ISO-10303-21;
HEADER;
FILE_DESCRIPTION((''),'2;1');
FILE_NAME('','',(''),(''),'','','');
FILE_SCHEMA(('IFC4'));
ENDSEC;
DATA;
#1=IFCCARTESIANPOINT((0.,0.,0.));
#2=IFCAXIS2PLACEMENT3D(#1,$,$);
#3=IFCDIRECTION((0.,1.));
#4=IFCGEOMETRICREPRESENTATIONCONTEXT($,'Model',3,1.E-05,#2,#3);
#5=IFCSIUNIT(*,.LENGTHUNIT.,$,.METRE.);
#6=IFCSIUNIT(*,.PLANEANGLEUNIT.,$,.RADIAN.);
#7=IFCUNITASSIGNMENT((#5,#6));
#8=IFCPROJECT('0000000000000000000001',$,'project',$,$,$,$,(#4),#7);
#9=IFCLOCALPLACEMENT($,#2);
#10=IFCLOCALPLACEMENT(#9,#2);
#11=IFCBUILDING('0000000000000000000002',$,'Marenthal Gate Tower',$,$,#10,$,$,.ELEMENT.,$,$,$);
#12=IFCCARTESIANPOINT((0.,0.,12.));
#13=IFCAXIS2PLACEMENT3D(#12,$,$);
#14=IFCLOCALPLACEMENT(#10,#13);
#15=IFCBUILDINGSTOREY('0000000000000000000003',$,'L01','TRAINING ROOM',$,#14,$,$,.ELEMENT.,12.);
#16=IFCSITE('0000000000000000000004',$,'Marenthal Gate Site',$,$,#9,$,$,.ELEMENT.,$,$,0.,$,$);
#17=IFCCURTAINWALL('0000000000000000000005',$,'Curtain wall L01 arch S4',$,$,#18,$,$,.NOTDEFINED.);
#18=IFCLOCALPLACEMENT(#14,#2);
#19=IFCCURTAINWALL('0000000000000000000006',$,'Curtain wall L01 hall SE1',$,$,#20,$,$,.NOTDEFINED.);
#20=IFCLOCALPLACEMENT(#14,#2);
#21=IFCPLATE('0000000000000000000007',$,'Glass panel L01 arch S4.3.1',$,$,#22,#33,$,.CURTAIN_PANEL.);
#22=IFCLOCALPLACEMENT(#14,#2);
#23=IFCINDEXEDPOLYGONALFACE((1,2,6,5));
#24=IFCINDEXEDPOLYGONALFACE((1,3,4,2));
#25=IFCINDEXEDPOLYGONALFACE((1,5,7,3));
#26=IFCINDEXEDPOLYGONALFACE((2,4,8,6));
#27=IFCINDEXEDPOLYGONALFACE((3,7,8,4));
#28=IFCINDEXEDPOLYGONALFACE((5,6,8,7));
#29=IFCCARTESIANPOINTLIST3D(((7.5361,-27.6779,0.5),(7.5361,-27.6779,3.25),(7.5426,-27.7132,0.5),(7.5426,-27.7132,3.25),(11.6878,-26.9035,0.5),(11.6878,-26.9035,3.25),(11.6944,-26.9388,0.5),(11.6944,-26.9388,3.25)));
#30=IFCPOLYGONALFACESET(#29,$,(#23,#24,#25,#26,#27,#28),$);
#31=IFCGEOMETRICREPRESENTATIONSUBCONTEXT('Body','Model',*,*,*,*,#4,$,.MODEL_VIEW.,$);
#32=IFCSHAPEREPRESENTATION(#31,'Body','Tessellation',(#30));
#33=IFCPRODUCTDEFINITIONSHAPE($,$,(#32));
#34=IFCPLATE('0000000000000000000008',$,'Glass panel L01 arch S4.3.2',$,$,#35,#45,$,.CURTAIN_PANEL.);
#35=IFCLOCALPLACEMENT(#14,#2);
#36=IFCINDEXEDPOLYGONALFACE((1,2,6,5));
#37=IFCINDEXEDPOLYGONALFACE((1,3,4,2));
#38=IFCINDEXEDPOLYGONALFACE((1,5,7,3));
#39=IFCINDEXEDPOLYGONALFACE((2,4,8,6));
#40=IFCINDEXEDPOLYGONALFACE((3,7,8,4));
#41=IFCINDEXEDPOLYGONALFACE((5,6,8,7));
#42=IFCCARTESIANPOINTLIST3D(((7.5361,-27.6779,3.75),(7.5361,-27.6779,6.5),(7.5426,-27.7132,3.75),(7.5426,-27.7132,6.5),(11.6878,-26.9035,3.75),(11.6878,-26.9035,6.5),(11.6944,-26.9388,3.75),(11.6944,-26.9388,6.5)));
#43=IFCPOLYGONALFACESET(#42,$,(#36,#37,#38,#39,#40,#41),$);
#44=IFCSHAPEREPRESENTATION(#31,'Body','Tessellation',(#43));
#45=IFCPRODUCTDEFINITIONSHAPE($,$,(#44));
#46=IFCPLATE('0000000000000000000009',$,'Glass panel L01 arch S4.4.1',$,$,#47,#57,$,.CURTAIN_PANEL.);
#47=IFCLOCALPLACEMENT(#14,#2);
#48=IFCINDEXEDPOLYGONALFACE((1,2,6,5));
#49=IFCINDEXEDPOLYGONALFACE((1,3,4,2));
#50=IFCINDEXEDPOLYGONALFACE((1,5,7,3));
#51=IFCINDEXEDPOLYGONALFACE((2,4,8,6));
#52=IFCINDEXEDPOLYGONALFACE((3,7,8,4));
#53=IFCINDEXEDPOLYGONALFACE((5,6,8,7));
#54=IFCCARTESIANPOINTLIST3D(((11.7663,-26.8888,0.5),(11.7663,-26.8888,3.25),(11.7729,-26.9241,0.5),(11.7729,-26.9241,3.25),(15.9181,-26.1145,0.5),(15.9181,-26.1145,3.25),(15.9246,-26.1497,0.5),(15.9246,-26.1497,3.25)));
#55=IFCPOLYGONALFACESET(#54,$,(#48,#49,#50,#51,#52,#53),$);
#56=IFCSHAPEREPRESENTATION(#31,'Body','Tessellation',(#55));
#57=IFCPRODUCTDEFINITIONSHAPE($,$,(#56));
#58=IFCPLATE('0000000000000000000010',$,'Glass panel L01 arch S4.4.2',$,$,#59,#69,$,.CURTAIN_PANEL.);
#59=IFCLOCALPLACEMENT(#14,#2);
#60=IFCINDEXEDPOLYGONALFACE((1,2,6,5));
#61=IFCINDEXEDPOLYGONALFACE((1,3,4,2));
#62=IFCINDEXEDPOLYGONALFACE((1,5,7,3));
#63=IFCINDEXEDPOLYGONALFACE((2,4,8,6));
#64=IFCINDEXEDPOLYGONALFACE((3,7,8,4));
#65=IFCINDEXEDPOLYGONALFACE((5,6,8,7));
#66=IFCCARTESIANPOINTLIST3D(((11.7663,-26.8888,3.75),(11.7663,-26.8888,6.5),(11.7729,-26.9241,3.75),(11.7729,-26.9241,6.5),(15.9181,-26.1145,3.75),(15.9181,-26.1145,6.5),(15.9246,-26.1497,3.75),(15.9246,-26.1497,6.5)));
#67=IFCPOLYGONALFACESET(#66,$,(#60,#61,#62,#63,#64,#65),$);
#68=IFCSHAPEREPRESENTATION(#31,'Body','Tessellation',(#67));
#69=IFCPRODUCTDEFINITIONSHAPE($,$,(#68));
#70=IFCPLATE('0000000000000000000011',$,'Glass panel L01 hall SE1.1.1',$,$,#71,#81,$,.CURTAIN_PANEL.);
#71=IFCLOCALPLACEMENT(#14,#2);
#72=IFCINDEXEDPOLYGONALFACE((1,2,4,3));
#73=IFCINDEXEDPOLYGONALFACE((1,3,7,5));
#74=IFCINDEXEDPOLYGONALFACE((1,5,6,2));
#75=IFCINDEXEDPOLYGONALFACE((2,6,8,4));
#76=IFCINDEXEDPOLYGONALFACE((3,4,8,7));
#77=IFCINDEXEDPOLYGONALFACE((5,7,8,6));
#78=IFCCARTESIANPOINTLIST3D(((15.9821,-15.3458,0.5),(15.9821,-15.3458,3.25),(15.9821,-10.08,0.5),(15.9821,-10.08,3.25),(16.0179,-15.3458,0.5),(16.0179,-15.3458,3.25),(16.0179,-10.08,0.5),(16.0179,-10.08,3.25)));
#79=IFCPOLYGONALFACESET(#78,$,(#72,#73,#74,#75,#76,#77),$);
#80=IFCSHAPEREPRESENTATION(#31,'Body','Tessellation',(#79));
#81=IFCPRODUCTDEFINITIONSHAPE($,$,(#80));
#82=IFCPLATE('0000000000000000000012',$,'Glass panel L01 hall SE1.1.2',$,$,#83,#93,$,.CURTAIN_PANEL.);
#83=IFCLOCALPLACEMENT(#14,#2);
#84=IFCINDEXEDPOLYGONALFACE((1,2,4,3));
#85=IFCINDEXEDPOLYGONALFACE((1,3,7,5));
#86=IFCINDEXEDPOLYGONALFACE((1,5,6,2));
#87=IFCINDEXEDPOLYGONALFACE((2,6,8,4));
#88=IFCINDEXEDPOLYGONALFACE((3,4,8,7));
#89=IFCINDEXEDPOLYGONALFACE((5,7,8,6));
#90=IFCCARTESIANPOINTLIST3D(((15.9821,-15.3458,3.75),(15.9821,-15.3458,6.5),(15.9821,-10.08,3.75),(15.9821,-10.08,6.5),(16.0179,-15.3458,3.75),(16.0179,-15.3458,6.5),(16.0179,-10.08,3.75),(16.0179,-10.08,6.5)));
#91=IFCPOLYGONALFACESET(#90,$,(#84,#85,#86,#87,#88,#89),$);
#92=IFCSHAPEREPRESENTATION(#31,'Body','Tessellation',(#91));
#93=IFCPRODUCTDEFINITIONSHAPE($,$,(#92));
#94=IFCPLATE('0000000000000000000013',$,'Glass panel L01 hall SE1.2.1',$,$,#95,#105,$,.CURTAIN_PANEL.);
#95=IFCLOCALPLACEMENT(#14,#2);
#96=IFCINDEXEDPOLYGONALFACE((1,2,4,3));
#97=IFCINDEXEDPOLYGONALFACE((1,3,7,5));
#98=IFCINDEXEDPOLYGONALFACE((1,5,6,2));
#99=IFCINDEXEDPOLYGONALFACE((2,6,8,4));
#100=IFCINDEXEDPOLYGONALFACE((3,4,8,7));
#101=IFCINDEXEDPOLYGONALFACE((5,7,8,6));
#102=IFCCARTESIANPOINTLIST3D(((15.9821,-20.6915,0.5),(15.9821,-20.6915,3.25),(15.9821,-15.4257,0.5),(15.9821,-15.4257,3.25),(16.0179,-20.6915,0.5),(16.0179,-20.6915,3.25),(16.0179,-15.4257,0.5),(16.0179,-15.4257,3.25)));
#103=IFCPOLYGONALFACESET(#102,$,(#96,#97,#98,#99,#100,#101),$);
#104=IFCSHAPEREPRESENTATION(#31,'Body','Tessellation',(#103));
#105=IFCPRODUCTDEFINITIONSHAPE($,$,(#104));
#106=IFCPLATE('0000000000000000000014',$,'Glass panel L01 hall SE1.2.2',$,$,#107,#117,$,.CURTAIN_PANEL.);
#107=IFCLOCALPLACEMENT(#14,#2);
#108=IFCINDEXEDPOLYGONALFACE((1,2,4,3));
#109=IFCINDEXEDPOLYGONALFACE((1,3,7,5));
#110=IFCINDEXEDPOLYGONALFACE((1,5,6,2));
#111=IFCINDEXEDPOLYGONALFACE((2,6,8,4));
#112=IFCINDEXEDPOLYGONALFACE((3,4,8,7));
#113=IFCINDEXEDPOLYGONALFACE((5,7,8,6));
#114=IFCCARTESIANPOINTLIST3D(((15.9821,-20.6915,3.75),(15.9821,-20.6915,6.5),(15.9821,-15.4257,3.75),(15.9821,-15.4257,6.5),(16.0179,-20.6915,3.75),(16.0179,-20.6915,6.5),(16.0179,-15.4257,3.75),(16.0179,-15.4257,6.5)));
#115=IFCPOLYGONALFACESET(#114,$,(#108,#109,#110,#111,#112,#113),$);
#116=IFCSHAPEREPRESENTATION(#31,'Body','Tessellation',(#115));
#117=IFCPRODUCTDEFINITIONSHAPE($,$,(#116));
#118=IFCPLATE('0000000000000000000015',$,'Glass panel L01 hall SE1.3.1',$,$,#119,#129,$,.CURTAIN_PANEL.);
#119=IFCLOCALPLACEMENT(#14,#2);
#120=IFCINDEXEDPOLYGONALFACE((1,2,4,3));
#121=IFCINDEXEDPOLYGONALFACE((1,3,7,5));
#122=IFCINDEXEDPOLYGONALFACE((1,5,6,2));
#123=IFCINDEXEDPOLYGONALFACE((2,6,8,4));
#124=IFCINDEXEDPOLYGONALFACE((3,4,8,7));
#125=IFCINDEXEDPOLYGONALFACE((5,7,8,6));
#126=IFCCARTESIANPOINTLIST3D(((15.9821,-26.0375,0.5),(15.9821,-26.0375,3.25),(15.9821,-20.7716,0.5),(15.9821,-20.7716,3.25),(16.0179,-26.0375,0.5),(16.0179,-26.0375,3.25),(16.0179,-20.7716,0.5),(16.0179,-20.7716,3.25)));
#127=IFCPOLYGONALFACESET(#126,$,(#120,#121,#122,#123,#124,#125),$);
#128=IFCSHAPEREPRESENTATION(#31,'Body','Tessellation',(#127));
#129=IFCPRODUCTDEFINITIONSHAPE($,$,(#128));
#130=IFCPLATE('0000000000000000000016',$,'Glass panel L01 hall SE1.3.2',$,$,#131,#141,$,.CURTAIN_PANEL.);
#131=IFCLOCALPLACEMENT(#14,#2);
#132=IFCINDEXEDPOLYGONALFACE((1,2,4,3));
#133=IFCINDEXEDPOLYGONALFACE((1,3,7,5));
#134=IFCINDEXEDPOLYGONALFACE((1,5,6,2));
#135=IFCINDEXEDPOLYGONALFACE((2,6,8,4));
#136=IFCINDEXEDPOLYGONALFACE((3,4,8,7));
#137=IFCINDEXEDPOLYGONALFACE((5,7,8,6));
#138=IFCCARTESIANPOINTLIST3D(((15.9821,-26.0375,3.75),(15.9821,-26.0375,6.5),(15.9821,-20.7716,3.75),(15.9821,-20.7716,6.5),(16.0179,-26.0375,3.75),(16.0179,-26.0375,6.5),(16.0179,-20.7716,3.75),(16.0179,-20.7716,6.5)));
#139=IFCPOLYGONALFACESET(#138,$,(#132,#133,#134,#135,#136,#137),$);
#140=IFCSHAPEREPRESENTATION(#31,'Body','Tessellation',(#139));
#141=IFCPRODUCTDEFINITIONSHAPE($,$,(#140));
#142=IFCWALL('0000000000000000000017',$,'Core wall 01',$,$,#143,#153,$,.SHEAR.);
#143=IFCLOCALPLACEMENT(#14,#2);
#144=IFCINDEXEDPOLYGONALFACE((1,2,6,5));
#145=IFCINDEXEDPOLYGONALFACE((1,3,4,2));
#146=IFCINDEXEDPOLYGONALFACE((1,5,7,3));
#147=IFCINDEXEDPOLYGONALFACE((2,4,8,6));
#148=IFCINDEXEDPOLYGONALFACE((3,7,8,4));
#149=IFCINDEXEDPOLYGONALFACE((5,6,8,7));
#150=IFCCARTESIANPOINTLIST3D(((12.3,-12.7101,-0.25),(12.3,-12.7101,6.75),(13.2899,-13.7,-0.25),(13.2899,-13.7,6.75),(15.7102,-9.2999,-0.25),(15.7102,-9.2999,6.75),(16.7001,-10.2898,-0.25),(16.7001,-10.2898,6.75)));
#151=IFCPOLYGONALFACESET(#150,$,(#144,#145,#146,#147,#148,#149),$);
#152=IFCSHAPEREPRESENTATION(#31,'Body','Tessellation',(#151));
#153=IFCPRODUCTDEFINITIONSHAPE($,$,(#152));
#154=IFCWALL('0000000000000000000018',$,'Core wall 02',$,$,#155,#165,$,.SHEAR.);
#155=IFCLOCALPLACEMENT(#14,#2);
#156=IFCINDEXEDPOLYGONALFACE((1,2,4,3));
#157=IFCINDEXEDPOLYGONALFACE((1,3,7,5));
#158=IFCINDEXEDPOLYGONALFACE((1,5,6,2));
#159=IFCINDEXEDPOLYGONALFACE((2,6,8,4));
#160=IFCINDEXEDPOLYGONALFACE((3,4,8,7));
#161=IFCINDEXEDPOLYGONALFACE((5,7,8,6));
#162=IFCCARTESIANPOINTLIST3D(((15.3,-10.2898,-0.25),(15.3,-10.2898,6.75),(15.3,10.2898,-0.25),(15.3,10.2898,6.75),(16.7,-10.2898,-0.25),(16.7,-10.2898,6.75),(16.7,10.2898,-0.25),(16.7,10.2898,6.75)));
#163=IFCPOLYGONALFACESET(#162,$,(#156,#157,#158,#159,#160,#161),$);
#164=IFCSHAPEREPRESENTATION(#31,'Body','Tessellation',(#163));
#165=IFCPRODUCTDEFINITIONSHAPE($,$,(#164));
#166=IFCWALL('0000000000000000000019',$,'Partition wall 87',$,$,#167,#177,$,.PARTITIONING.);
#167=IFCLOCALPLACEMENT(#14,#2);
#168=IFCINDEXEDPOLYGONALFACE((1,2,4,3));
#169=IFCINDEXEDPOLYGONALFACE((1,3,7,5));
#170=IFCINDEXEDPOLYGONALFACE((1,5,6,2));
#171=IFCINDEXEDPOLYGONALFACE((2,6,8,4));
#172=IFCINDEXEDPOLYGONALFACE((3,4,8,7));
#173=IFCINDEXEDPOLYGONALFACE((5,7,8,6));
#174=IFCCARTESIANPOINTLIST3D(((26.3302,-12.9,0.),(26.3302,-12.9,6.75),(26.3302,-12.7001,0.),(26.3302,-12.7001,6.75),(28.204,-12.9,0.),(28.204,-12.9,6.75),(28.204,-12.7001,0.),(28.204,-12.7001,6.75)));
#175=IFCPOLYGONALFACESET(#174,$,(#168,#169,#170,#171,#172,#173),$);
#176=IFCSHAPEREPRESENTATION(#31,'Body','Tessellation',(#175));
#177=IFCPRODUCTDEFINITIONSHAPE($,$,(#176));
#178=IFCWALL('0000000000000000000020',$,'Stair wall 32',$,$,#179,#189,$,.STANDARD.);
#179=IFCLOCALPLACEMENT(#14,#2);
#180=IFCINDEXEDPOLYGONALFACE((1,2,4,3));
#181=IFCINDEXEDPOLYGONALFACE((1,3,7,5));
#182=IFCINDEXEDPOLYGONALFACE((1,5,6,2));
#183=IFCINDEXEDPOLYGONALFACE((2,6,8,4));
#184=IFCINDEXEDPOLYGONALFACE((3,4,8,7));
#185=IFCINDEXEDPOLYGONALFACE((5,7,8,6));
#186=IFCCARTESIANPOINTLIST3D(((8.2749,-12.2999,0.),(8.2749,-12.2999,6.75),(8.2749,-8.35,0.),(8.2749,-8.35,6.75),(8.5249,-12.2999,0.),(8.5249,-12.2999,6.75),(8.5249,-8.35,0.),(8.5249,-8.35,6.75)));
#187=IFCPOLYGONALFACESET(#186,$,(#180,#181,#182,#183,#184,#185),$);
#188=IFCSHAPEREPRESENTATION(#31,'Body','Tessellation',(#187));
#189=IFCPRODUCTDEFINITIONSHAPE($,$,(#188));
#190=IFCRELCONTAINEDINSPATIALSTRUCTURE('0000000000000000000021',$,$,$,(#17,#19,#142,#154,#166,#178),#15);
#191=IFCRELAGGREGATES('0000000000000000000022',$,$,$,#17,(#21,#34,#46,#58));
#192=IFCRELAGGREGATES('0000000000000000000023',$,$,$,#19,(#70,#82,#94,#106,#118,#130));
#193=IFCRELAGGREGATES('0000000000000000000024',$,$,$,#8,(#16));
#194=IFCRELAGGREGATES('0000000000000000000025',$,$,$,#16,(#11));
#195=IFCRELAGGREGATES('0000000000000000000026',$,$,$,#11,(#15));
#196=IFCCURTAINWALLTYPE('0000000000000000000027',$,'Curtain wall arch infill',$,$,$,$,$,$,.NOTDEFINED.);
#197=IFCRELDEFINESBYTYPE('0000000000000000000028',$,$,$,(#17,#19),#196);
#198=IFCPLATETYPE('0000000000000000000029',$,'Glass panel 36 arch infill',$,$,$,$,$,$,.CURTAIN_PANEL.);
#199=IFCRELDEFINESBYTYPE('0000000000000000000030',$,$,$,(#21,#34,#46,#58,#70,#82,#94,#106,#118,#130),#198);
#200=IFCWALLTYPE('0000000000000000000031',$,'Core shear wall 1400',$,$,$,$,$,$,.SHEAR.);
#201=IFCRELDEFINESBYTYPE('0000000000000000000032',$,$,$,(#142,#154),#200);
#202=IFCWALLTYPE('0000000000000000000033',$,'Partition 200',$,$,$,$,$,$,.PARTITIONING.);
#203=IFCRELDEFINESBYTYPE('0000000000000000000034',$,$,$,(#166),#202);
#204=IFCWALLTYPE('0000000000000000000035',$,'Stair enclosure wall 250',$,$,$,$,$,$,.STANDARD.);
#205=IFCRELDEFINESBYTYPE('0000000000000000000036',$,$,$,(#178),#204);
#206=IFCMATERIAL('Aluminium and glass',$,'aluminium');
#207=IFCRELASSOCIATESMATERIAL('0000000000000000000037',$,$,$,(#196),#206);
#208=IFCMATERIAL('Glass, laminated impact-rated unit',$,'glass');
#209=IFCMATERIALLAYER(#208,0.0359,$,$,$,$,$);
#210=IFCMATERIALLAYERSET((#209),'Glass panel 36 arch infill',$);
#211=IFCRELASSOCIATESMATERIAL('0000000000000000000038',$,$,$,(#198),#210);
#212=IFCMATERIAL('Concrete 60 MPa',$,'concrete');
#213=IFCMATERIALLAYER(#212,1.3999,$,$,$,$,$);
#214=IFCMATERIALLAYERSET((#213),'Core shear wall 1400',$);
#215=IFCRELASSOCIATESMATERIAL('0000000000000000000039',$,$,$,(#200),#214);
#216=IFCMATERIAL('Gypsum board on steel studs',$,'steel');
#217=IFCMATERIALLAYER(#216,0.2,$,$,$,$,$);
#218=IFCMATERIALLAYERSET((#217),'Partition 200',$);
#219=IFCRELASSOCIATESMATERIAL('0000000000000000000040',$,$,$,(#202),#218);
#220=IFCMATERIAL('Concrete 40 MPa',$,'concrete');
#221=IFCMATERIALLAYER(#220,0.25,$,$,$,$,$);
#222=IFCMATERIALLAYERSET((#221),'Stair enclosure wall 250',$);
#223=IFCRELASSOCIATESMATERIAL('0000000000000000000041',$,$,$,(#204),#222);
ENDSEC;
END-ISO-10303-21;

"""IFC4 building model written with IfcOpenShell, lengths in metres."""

from ifc_helpers import new_model, si_unit, direction, frame, frame_2d, origin, origin_2d, place, context, subcontext, project, spatial, rectangle, extrude, material, layer, layer_set, type_object, element, aggregate, save


model = new_model("IFC4")

# Units and contexts
model_context = context("Model", 3, precision=1e-05, world=origin(), true_north=direction((0.0, 1.0)))
body_context = subcontext(model_context, "Body", "Model", "MODEL_VIEW")
ifc_project = project(units=[si_unit("LENGTHUNIT", "METRE"), si_unit("PLANEANGLEUNIT", "RADIAN")], contexts=[model_context])

# Site, building, storey
site_placement = place(None, origin())
site = spatial("IfcSite", under=ifc_project, at=site_placement, Name="Marenthal Gate Site", CompositionType="ELEMENT", RefElevation=0.0)
building_placement = place(site_placement, origin())
building = spatial("IfcBuilding", under=site, at=building_placement, Name="Marenthal Gate Tower", CompositionType="ELEMENT")
storey_placement = place(building_placement, frame((0.0, 0.0, 12.0)))
storey = spatial("IfcBuildingStorey", under=building, at=storey_placement, Name="L01", Description="TRAINING ROOM", CompositionType="ELEMENT", Elevation=12.0)

# Curtain walls
ifc_material_1 = material(Name="Aluminium and glass", Category="aluminium")
curtain_wall_type = type_object("IfcCurtainWallType", Name="Curtain wall arch infill", PredefinedType="NOTDEFINED", material=ifc_material_1)
curtain_wall_1_placement = place(storey_placement, origin())
curtain_wall_1 = element("IfcCurtainWall", 1, at=curtain_wall_1_placement, inside=storey, type_object=curtain_wall_type, Name="Curtain wall L01 arch S4", PredefinedType="NOTDEFINED")
curtain_wall_2_placement = place(storey_placement, origin())
curtain_wall_2 = element("IfcCurtainWall", 2, at=curtain_wall_2_placement, inside=storey, type_object=curtain_wall_type, Name="Curtain wall L01 hall SE1", PredefinedType="NOTDEFINED")

# Plates
ifc_material_2 = material(Name="Glass, laminated impact-rated unit", Category="glass")
ifc_layer_1 = layer(ifc_material_2, 0.0359)
ifc_layer_set_1 = layer_set([ifc_layer_1], Name="Glass panel 36 arch infill")
plate_type = type_object("IfcPlateType", Name="Glass panel 36 arch infill", PredefinedType="CURTAIN_PANEL", material=ifc_layer_set_1)
plate_1_placement = place(storey_placement, frame((9.6152, -27.3083, 0.5), z_axis=(0.0, 0.0, 1.0), x_axis=(0.983046, 0.183357, 0.0)))
plate_1 = element("IfcPlate", 3, at=plate_1_placement, type_object=plate_type, Name="Glass panel L01 arch S4.3.1", PredefinedType="CURTAIN_PANEL", context=body_context, shape_type="SweptSolid", body=[
    extrude(rectangle(XDim=4.2234, YDim=0.0359, at=origin_2d()), origin(), (0.0, 0.0, 1.0), 2.75),
])
plate_2_placement = place(storey_placement, frame((9.6152, -27.3083, 3.75), z_axis=(0.0, 0.0, 1.0), x_axis=(0.983046, 0.183357, 0.0)))
plate_2 = element("IfcPlate", 4, at=plate_2_placement, type_object=plate_type, Name="Glass panel L01 arch S4.3.2", PredefinedType="CURTAIN_PANEL", context=body_context, shape_type="SweptSolid", body=[
    extrude(rectangle(XDim=4.2234, YDim=0.0359, at=origin_2d()), origin(), (0.0, 0.0, 1.0), 2.75),
])
plate_3_placement = place(storey_placement, frame((13.8455, -26.5193, 0.5), z_axis=(0.0, 0.0, 1.0), x_axis=(0.983046, 0.183357, 0.0)))
plate_3 = element("IfcPlate", 5, at=plate_3_placement, type_object=plate_type, Name="Glass panel L01 arch S4.4.1", PredefinedType="CURTAIN_PANEL", context=body_context, shape_type="SweptSolid", body=[
    extrude(rectangle(XDim=4.2234, YDim=0.0359, at=origin_2d()), origin(), (0.0, 0.0, 1.0), 2.75),
])
plate_4_placement = place(storey_placement, frame((13.8455, -26.5193, 3.75), z_axis=(0.0, 0.0, 1.0), x_axis=(0.983046, 0.183357, 0.0)))
plate_4 = element("IfcPlate", 6, at=plate_4_placement, type_object=plate_type, Name="Glass panel L01 arch S4.4.2", PredefinedType="CURTAIN_PANEL", context=body_context, shape_type="SweptSolid", body=[
    extrude(rectangle(XDim=4.2234, YDim=0.0359, at=origin_2d()), origin(), (0.0, 0.0, 1.0), 2.75),
])
aggregate(curtain_wall_1, [plate_1, plate_2, plate_3, plate_4])
plate_5_placement = place(storey_placement, frame((16.0, -12.7129, 0.5), z_axis=(0.0, 0.0, 1.0), x_axis=(0.0, -1.0, 0.0)))
plate_5 = element("IfcPlate", 7, at=plate_5_placement, type_object=plate_type, Name="Glass panel L01 hall SE1.1.1", PredefinedType="CURTAIN_PANEL", context=body_context, shape_type="SweptSolid", body=[
    extrude(rectangle(XDim=5.2659, YDim=0.0359, at=origin_2d()), origin(), (0.0, 0.0, 1.0), 2.75),
])
plate_6_placement = place(storey_placement, frame((16.0, -12.7129, 3.75), z_axis=(0.0, 0.0, 1.0), x_axis=(0.0, -1.0, 0.0)))
plate_6 = element("IfcPlate", 8, at=plate_6_placement, type_object=plate_type, Name="Glass panel L01 hall SE1.1.2", PredefinedType="CURTAIN_PANEL", context=body_context, shape_type="SweptSolid", body=[
    extrude(rectangle(XDim=5.2659, YDim=0.0359, at=origin_2d()), origin(), (0.0, 0.0, 1.0), 2.75),
])
plate_7_placement = place(storey_placement, frame((16.0, -18.0586, 0.5), z_axis=(0.0, 0.0, 1.0), x_axis=(0.0, -1.0, 0.0)))
plate_7 = element("IfcPlate", 9, at=plate_7_placement, type_object=plate_type, Name="Glass panel L01 hall SE1.2.1", PredefinedType="CURTAIN_PANEL", context=body_context, shape_type="SweptSolid", body=[
    extrude(rectangle(XDim=5.2659, YDim=0.0359, at=origin_2d()), origin(), (0.0, 0.0, 1.0), 2.75),
])
plate_8_placement = place(storey_placement, frame((16.0, -18.0586, 3.75), z_axis=(0.0, 0.0, 1.0), x_axis=(0.0, -1.0, 0.0)))
plate_8 = element("IfcPlate", 10, at=plate_8_placement, type_object=plate_type, Name="Glass panel L01 hall SE1.2.2", PredefinedType="CURTAIN_PANEL", context=body_context, shape_type="SweptSolid", body=[
    extrude(rectangle(XDim=5.2659, YDim=0.0359, at=origin_2d()), origin(), (0.0, 0.0, 1.0), 2.75),
])
plate_9_placement = place(storey_placement, frame((16.0, -23.4045, 0.5), z_axis=(0.0, 0.0, 1.0), x_axis=(0.0, -1.0, 0.0)))
plate_9 = element("IfcPlate", 11, at=plate_9_placement, type_object=plate_type, Name="Glass panel L01 hall SE1.3.1", PredefinedType="CURTAIN_PANEL", context=body_context, shape_type="SweptSolid", body=[
    extrude(rectangle(XDim=5.2659, YDim=0.0359, at=origin_2d()), origin(), (0.0, 0.0, 1.0), 2.75),
])
plate_10_placement = place(storey_placement, frame((16.0, -23.4045, 3.75), z_axis=(0.0, 0.0, 1.0), x_axis=(0.0, -1.0, 0.0)))
plate_10 = element("IfcPlate", 12, at=plate_10_placement, type_object=plate_type, Name="Glass panel L01 hall SE1.3.2", PredefinedType="CURTAIN_PANEL", context=body_context, shape_type="SweptSolid", body=[
    extrude(rectangle(XDim=5.2659, YDim=0.0359, at=origin_2d()), origin(), (0.0, 0.0, 1.0), 2.75),
])
aggregate(curtain_wall_2, [plate_5, plate_6, plate_7, plate_8, plate_9, plate_10])

# Walls
ifc_material_3 = material(Name="Concrete 60 MPa", Category="concrete")
ifc_layer_2 = layer(ifc_material_3, 1.3999)
ifc_layer_set_2 = layer_set([ifc_layer_2], Name="Core shear wall 1400")
wall_type_1 = type_object("IfcWallType", Name="Core shear wall 1400", PredefinedType="SHEAR", material=ifc_layer_set_2)
wall_1_placement = place(storey_placement, frame((12.7949, -13.2051, -0.25), z_axis=(0.0, 0.0, 1.0), x_axis=(0.707107, 0.707107, 0.0)))
element("IfcWall", 13, at=wall_1_placement, inside=storey, type_object=wall_type_1, Name="Core wall 01", PredefinedType="SHEAR", context=body_context, shape_type="SweptSolid", body=[
    extrude(rectangle(XDim=4.8228, YDim=1.3999, at=frame_2d((2.4114, 0.0))), origin(), (0.0, 0.0, 1.0), 7.0),
])
wall_2_placement = place(storey_placement, frame((16.0, -10.2898, -0.25), z_axis=(0.0, 0.0, 1.0), x_axis=(0.0, 1.0, 0.0)))
element("IfcWall", 14, at=wall_2_placement, inside=storey, type_object=wall_type_1, Name="Core wall 02", PredefinedType="SHEAR", context=body_context, shape_type="SweptSolid", body=[
    extrude(rectangle(XDim=20.5796, YDim=1.3999, at=frame_2d((10.2898, 0.0))), origin(), (0.0, 0.0, 1.0), 7.0),
])
ifc_material_4 = material(Name="Gypsum board on steel studs", Category="steel")
ifc_layer_3 = layer(ifc_material_4, 0.2)
ifc_layer_set_3 = layer_set([ifc_layer_3], Name="Partition 200")
wall_type_2 = type_object("IfcWallType", Name="Partition 200", PredefinedType="PARTITIONING", material=ifc_layer_set_3)
wall_3_placement = place(storey_placement, frame((26.3301, -12.8, 0.0), z_axis=(0.0, 0.0, 1.0), x_axis=(1.0, 0.0, 0.0)))
element("IfcWall", 15, at=wall_3_placement, inside=storey, type_object=wall_type_2, Name="Partition wall 87", PredefinedType="PARTITIONING", context=body_context, shape_type="SweptSolid", body=[
    extrude(rectangle(XDim=1.8738, YDim=0.2, at=frame_2d((0.937, 0.0))), origin(), (0.0, 0.0, 1.0), 6.75),
])
ifc_material_5 = material(Name="Concrete 40 MPa", Category="concrete")
ifc_layer_4 = layer(ifc_material_5, 0.25)
ifc_layer_set_4 = layer_set([ifc_layer_4], Name="Stair enclosure wall 250")
wall_type_3 = type_object("IfcWallType", Name="Stair enclosure wall 250", PredefinedType="STANDARD", material=ifc_layer_set_4)
wall_4_placement = place(storey_placement, frame((8.3999, -12.3, 0.0), z_axis=(0.0, 0.0, 1.0), x_axis=(0.0, 1.0, 0.0)))
element("IfcWall", 16, at=wall_4_placement, inside=storey, type_object=wall_type_3, Name="Stair wall 32", PredefinedType="STANDARD", context=body_context, shape_type="SweptSolid", body=[
    extrude(rectangle(XDim=3.95, YDim=0.25, at=frame_2d((1.9751, 0.0))), origin(), (0.0, 0.0, 1.0), 6.75),
])

save(model, "model.ifc")
